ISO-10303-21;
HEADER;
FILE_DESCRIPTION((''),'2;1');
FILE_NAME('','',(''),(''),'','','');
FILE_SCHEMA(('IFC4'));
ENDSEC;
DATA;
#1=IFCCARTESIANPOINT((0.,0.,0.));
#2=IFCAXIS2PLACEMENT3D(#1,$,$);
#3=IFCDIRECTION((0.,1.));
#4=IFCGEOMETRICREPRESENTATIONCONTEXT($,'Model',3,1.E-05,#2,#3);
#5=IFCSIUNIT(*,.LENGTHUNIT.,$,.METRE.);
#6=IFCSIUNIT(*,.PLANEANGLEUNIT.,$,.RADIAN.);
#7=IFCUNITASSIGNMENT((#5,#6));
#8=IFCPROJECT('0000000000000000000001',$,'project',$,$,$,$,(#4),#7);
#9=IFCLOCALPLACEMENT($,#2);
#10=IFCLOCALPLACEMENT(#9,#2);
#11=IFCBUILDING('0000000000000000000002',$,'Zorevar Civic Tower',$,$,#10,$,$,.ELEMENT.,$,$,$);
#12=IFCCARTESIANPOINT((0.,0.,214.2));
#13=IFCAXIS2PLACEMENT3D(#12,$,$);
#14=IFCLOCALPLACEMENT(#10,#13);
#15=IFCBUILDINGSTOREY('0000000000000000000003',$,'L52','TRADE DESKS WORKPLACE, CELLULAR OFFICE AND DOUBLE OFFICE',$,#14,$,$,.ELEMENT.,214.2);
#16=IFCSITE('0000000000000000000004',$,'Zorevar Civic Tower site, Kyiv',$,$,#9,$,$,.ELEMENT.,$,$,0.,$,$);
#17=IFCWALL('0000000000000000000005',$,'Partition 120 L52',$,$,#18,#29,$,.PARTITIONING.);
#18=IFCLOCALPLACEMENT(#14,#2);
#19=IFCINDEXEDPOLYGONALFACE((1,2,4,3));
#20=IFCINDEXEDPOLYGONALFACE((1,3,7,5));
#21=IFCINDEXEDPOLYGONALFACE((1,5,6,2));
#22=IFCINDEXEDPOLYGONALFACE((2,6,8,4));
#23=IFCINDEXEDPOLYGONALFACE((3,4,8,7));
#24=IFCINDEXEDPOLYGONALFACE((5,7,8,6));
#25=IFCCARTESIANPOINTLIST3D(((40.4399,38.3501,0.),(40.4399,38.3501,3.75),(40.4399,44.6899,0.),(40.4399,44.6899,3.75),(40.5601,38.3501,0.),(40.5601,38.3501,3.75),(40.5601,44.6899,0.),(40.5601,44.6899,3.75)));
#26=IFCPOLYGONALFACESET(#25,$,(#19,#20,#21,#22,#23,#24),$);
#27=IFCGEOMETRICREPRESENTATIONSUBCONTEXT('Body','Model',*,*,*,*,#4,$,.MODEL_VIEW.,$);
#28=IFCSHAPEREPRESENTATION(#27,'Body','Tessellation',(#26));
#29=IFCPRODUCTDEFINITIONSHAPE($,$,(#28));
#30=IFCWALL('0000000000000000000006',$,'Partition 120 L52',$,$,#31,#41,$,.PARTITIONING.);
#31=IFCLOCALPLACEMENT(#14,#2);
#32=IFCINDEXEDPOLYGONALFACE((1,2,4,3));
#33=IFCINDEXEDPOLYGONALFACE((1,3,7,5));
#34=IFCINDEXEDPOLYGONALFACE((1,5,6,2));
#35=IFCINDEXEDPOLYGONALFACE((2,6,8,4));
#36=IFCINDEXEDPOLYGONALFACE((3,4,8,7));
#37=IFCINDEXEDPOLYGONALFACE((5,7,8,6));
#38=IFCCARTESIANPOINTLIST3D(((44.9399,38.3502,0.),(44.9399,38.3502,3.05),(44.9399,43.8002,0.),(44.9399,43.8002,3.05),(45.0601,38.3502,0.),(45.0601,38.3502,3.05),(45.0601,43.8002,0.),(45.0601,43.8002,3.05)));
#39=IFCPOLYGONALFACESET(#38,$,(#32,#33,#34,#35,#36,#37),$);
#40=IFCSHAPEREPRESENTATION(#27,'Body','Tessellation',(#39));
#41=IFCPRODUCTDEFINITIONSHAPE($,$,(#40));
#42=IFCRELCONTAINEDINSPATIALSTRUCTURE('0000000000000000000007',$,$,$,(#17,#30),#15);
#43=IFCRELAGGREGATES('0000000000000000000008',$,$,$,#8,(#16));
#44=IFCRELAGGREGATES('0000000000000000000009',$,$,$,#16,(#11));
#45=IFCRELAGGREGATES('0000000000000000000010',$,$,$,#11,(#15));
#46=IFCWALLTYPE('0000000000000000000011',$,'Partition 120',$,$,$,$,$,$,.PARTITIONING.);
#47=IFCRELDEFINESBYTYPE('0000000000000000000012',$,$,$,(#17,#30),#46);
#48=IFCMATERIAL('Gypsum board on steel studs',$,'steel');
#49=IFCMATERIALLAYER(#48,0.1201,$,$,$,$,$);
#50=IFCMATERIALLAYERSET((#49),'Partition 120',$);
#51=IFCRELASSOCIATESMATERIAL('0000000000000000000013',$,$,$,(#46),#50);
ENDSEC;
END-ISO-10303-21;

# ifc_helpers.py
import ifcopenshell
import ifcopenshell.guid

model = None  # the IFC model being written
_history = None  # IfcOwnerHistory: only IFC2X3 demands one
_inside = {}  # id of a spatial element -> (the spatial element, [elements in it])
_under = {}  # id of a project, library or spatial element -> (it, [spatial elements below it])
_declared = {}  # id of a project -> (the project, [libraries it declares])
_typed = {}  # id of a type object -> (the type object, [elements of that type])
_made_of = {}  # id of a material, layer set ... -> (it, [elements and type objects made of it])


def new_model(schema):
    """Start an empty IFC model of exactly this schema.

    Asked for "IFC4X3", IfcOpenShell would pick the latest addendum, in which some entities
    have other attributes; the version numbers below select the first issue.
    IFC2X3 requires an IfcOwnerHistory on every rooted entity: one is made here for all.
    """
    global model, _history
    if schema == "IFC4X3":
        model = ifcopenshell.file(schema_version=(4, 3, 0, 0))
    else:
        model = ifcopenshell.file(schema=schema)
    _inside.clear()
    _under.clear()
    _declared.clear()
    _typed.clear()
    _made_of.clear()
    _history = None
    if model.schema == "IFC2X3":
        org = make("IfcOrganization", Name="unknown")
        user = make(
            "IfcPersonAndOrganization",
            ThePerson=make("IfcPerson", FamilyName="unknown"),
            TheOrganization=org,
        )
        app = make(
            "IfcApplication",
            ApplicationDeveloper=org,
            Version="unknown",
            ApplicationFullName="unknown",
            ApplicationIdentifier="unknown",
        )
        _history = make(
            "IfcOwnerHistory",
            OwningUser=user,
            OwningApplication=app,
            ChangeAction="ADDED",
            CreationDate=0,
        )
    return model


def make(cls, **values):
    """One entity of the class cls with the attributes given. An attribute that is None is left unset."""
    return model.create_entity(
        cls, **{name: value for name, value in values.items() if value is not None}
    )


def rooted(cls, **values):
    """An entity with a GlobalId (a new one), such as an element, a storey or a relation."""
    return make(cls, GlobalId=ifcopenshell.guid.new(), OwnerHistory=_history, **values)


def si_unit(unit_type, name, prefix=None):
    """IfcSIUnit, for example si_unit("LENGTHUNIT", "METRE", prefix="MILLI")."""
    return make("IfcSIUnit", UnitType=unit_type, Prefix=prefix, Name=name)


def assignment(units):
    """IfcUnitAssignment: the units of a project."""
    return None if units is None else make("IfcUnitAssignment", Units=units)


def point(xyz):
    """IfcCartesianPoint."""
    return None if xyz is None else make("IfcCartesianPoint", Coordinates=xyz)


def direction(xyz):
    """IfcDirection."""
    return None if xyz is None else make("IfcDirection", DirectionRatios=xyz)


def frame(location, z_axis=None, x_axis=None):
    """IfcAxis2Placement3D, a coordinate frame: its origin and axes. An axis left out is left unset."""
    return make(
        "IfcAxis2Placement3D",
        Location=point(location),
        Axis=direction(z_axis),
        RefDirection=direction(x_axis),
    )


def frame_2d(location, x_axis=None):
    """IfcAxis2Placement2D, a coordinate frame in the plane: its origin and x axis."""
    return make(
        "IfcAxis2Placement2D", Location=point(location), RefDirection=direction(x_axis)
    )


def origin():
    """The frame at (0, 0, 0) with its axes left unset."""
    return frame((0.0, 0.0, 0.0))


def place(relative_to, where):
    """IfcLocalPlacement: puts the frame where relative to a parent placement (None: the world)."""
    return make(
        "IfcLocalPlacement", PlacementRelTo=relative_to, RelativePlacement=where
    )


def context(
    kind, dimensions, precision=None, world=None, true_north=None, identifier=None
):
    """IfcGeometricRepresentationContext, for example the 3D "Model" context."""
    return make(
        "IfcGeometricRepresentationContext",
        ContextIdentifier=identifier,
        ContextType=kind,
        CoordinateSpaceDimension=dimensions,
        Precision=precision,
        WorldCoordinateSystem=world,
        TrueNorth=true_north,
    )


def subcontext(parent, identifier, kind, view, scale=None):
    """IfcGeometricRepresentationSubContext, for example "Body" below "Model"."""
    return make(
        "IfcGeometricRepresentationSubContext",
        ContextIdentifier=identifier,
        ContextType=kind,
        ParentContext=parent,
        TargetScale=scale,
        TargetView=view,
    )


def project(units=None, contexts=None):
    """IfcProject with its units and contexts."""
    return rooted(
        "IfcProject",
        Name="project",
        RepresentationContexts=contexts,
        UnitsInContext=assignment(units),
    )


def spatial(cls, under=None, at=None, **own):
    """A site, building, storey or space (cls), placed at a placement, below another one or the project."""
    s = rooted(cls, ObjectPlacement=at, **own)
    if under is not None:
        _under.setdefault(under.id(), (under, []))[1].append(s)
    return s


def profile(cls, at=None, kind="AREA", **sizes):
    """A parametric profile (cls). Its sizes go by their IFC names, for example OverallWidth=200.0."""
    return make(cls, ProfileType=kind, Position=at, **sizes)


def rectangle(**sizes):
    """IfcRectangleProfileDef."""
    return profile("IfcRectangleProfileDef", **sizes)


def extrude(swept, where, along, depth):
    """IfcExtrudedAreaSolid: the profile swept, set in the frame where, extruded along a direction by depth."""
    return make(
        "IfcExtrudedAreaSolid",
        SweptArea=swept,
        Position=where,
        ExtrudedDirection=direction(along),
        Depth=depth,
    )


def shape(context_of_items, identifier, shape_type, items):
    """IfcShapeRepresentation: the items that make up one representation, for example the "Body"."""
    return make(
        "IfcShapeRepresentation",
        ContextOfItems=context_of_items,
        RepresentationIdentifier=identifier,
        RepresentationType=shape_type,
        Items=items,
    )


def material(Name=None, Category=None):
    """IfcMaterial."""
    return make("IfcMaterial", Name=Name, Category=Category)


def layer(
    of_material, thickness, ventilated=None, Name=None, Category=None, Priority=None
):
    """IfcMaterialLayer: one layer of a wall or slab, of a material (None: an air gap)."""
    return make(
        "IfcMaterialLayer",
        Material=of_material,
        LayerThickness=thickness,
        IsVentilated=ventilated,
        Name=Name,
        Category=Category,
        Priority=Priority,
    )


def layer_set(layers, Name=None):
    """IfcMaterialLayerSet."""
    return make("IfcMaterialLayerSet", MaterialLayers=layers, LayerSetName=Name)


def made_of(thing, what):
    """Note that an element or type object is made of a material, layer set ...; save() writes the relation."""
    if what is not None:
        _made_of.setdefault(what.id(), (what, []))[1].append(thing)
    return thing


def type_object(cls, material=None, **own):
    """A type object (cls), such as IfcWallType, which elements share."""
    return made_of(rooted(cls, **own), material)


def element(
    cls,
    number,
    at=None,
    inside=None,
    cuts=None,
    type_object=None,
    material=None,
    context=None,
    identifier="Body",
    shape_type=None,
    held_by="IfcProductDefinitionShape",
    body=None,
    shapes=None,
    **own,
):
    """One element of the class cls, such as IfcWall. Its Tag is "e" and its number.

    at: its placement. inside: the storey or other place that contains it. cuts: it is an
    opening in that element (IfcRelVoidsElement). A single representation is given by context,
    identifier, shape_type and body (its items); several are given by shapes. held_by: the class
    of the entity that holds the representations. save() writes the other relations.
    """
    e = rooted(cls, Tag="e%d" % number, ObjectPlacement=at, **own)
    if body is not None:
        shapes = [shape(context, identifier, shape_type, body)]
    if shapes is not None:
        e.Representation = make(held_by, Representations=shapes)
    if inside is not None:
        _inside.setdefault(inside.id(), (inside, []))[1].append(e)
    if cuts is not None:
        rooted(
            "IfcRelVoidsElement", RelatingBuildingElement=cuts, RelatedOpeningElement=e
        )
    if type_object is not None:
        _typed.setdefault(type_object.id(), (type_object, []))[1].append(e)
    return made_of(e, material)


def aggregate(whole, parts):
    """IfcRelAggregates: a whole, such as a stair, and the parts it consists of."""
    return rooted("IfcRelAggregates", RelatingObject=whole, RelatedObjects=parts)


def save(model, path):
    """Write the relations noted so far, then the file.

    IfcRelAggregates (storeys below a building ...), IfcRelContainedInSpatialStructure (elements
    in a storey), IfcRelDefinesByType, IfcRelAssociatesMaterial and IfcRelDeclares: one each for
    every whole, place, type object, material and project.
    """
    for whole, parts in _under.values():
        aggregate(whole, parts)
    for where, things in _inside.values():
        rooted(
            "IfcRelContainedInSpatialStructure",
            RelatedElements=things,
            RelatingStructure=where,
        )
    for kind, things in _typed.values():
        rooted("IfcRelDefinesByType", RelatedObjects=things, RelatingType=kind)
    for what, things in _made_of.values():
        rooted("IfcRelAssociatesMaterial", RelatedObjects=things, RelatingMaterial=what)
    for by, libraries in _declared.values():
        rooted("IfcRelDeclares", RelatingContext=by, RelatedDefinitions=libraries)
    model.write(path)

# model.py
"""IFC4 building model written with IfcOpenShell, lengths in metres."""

from ifc_helpers import new_model, si_unit, direction, frame, frame_2d, origin, place, context, subcontext, project, spatial, rectangle, extrude, material, layer, layer_set, type_object, element, save


model = new_model("IFC4")

# Units and contexts
model_context = context("Model", 3, precision=1e-05, world=origin(), true_north=direction((0.0, 1.0)))
body_context = subcontext(model_context, "Body", "Model", "MODEL_VIEW")
ifc_project = project(units=[si_unit("LENGTHUNIT", "METRE"), si_unit("PLANEANGLEUNIT", "RADIAN")], contexts=[model_context])

# Site, building, storey
site_placement = place(None, origin())
site = spatial("IfcSite", under=ifc_project, at=site_placement, Name="Zorevar Civic Tower site, Kyiv", CompositionType="ELEMENT", RefElevation=0.0)
building_placement = place(site_placement, origin())
building = spatial("IfcBuilding", under=site, at=building_placement, Name="Zorevar Civic Tower", CompositionType="ELEMENT")
storey_placement = place(building_placement, frame((0.0, 0.0, 214.2)))
storey = spatial("IfcBuildingStorey", under=building, at=storey_placement, Name="L52", Description="TRADE DESKS WORKPLACE, CELLULAR OFFICE AND DOUBLE OFFICE", CompositionType="ELEMENT", Elevation=214.2)

# Shared definitions
ifc_material_1 = material(Name="Gypsum board on steel studs", Category="steel")
ifc_layer_1 = layer(ifc_material_1, 0.1201)
ifc_layer_set_1 = layer_set([ifc_layer_1], Name="Partition 120")
wall_type_1 = type_object("IfcWallType", Name="Partition 120", PredefinedType="PARTITIONING", material=ifc_layer_set_1)

# Walls
wall_1_placement = place(storey_placement, frame((40.5, 38.3501, 0.0), z_axis=(0.0, 0.0, 1.0), x_axis=(0.0, 1.0, 0.0)))
element("IfcWall", 1, at=wall_1_placement, inside=storey, type_object=wall_type_1, Name="Partition 120 L52", PredefinedType="PARTITIONING", context=body_context, shape_type="SweptSolid", body=[
    extrude(rectangle(XDim=6.3398, YDim=0.1201, at=frame_2d((3.1699, 0.0))), origin(), (0.0, 0.0, 1.0), 3.75),
])
wall_2_placement = place(storey_placement, frame((45.0, 38.3501, 0.0), z_axis=(0.0, 0.0, 1.0), x_axis=(0.0, 1.0, 0.0)))
element("IfcWall", 2, at=wall_2_placement, inside=storey, type_object=wall_type_1, Name="Partition 120 L52", PredefinedType="PARTITIONING", context=body_context, shape_type="SweptSolid", body=[
    extrude(rectangle(XDim=5.45, YDim=0.1201, at=frame_2d((2.7251, 0.0))), origin(), (0.0, 0.0, 1.0), 3.05),
])

save(model, "model.ifc")
